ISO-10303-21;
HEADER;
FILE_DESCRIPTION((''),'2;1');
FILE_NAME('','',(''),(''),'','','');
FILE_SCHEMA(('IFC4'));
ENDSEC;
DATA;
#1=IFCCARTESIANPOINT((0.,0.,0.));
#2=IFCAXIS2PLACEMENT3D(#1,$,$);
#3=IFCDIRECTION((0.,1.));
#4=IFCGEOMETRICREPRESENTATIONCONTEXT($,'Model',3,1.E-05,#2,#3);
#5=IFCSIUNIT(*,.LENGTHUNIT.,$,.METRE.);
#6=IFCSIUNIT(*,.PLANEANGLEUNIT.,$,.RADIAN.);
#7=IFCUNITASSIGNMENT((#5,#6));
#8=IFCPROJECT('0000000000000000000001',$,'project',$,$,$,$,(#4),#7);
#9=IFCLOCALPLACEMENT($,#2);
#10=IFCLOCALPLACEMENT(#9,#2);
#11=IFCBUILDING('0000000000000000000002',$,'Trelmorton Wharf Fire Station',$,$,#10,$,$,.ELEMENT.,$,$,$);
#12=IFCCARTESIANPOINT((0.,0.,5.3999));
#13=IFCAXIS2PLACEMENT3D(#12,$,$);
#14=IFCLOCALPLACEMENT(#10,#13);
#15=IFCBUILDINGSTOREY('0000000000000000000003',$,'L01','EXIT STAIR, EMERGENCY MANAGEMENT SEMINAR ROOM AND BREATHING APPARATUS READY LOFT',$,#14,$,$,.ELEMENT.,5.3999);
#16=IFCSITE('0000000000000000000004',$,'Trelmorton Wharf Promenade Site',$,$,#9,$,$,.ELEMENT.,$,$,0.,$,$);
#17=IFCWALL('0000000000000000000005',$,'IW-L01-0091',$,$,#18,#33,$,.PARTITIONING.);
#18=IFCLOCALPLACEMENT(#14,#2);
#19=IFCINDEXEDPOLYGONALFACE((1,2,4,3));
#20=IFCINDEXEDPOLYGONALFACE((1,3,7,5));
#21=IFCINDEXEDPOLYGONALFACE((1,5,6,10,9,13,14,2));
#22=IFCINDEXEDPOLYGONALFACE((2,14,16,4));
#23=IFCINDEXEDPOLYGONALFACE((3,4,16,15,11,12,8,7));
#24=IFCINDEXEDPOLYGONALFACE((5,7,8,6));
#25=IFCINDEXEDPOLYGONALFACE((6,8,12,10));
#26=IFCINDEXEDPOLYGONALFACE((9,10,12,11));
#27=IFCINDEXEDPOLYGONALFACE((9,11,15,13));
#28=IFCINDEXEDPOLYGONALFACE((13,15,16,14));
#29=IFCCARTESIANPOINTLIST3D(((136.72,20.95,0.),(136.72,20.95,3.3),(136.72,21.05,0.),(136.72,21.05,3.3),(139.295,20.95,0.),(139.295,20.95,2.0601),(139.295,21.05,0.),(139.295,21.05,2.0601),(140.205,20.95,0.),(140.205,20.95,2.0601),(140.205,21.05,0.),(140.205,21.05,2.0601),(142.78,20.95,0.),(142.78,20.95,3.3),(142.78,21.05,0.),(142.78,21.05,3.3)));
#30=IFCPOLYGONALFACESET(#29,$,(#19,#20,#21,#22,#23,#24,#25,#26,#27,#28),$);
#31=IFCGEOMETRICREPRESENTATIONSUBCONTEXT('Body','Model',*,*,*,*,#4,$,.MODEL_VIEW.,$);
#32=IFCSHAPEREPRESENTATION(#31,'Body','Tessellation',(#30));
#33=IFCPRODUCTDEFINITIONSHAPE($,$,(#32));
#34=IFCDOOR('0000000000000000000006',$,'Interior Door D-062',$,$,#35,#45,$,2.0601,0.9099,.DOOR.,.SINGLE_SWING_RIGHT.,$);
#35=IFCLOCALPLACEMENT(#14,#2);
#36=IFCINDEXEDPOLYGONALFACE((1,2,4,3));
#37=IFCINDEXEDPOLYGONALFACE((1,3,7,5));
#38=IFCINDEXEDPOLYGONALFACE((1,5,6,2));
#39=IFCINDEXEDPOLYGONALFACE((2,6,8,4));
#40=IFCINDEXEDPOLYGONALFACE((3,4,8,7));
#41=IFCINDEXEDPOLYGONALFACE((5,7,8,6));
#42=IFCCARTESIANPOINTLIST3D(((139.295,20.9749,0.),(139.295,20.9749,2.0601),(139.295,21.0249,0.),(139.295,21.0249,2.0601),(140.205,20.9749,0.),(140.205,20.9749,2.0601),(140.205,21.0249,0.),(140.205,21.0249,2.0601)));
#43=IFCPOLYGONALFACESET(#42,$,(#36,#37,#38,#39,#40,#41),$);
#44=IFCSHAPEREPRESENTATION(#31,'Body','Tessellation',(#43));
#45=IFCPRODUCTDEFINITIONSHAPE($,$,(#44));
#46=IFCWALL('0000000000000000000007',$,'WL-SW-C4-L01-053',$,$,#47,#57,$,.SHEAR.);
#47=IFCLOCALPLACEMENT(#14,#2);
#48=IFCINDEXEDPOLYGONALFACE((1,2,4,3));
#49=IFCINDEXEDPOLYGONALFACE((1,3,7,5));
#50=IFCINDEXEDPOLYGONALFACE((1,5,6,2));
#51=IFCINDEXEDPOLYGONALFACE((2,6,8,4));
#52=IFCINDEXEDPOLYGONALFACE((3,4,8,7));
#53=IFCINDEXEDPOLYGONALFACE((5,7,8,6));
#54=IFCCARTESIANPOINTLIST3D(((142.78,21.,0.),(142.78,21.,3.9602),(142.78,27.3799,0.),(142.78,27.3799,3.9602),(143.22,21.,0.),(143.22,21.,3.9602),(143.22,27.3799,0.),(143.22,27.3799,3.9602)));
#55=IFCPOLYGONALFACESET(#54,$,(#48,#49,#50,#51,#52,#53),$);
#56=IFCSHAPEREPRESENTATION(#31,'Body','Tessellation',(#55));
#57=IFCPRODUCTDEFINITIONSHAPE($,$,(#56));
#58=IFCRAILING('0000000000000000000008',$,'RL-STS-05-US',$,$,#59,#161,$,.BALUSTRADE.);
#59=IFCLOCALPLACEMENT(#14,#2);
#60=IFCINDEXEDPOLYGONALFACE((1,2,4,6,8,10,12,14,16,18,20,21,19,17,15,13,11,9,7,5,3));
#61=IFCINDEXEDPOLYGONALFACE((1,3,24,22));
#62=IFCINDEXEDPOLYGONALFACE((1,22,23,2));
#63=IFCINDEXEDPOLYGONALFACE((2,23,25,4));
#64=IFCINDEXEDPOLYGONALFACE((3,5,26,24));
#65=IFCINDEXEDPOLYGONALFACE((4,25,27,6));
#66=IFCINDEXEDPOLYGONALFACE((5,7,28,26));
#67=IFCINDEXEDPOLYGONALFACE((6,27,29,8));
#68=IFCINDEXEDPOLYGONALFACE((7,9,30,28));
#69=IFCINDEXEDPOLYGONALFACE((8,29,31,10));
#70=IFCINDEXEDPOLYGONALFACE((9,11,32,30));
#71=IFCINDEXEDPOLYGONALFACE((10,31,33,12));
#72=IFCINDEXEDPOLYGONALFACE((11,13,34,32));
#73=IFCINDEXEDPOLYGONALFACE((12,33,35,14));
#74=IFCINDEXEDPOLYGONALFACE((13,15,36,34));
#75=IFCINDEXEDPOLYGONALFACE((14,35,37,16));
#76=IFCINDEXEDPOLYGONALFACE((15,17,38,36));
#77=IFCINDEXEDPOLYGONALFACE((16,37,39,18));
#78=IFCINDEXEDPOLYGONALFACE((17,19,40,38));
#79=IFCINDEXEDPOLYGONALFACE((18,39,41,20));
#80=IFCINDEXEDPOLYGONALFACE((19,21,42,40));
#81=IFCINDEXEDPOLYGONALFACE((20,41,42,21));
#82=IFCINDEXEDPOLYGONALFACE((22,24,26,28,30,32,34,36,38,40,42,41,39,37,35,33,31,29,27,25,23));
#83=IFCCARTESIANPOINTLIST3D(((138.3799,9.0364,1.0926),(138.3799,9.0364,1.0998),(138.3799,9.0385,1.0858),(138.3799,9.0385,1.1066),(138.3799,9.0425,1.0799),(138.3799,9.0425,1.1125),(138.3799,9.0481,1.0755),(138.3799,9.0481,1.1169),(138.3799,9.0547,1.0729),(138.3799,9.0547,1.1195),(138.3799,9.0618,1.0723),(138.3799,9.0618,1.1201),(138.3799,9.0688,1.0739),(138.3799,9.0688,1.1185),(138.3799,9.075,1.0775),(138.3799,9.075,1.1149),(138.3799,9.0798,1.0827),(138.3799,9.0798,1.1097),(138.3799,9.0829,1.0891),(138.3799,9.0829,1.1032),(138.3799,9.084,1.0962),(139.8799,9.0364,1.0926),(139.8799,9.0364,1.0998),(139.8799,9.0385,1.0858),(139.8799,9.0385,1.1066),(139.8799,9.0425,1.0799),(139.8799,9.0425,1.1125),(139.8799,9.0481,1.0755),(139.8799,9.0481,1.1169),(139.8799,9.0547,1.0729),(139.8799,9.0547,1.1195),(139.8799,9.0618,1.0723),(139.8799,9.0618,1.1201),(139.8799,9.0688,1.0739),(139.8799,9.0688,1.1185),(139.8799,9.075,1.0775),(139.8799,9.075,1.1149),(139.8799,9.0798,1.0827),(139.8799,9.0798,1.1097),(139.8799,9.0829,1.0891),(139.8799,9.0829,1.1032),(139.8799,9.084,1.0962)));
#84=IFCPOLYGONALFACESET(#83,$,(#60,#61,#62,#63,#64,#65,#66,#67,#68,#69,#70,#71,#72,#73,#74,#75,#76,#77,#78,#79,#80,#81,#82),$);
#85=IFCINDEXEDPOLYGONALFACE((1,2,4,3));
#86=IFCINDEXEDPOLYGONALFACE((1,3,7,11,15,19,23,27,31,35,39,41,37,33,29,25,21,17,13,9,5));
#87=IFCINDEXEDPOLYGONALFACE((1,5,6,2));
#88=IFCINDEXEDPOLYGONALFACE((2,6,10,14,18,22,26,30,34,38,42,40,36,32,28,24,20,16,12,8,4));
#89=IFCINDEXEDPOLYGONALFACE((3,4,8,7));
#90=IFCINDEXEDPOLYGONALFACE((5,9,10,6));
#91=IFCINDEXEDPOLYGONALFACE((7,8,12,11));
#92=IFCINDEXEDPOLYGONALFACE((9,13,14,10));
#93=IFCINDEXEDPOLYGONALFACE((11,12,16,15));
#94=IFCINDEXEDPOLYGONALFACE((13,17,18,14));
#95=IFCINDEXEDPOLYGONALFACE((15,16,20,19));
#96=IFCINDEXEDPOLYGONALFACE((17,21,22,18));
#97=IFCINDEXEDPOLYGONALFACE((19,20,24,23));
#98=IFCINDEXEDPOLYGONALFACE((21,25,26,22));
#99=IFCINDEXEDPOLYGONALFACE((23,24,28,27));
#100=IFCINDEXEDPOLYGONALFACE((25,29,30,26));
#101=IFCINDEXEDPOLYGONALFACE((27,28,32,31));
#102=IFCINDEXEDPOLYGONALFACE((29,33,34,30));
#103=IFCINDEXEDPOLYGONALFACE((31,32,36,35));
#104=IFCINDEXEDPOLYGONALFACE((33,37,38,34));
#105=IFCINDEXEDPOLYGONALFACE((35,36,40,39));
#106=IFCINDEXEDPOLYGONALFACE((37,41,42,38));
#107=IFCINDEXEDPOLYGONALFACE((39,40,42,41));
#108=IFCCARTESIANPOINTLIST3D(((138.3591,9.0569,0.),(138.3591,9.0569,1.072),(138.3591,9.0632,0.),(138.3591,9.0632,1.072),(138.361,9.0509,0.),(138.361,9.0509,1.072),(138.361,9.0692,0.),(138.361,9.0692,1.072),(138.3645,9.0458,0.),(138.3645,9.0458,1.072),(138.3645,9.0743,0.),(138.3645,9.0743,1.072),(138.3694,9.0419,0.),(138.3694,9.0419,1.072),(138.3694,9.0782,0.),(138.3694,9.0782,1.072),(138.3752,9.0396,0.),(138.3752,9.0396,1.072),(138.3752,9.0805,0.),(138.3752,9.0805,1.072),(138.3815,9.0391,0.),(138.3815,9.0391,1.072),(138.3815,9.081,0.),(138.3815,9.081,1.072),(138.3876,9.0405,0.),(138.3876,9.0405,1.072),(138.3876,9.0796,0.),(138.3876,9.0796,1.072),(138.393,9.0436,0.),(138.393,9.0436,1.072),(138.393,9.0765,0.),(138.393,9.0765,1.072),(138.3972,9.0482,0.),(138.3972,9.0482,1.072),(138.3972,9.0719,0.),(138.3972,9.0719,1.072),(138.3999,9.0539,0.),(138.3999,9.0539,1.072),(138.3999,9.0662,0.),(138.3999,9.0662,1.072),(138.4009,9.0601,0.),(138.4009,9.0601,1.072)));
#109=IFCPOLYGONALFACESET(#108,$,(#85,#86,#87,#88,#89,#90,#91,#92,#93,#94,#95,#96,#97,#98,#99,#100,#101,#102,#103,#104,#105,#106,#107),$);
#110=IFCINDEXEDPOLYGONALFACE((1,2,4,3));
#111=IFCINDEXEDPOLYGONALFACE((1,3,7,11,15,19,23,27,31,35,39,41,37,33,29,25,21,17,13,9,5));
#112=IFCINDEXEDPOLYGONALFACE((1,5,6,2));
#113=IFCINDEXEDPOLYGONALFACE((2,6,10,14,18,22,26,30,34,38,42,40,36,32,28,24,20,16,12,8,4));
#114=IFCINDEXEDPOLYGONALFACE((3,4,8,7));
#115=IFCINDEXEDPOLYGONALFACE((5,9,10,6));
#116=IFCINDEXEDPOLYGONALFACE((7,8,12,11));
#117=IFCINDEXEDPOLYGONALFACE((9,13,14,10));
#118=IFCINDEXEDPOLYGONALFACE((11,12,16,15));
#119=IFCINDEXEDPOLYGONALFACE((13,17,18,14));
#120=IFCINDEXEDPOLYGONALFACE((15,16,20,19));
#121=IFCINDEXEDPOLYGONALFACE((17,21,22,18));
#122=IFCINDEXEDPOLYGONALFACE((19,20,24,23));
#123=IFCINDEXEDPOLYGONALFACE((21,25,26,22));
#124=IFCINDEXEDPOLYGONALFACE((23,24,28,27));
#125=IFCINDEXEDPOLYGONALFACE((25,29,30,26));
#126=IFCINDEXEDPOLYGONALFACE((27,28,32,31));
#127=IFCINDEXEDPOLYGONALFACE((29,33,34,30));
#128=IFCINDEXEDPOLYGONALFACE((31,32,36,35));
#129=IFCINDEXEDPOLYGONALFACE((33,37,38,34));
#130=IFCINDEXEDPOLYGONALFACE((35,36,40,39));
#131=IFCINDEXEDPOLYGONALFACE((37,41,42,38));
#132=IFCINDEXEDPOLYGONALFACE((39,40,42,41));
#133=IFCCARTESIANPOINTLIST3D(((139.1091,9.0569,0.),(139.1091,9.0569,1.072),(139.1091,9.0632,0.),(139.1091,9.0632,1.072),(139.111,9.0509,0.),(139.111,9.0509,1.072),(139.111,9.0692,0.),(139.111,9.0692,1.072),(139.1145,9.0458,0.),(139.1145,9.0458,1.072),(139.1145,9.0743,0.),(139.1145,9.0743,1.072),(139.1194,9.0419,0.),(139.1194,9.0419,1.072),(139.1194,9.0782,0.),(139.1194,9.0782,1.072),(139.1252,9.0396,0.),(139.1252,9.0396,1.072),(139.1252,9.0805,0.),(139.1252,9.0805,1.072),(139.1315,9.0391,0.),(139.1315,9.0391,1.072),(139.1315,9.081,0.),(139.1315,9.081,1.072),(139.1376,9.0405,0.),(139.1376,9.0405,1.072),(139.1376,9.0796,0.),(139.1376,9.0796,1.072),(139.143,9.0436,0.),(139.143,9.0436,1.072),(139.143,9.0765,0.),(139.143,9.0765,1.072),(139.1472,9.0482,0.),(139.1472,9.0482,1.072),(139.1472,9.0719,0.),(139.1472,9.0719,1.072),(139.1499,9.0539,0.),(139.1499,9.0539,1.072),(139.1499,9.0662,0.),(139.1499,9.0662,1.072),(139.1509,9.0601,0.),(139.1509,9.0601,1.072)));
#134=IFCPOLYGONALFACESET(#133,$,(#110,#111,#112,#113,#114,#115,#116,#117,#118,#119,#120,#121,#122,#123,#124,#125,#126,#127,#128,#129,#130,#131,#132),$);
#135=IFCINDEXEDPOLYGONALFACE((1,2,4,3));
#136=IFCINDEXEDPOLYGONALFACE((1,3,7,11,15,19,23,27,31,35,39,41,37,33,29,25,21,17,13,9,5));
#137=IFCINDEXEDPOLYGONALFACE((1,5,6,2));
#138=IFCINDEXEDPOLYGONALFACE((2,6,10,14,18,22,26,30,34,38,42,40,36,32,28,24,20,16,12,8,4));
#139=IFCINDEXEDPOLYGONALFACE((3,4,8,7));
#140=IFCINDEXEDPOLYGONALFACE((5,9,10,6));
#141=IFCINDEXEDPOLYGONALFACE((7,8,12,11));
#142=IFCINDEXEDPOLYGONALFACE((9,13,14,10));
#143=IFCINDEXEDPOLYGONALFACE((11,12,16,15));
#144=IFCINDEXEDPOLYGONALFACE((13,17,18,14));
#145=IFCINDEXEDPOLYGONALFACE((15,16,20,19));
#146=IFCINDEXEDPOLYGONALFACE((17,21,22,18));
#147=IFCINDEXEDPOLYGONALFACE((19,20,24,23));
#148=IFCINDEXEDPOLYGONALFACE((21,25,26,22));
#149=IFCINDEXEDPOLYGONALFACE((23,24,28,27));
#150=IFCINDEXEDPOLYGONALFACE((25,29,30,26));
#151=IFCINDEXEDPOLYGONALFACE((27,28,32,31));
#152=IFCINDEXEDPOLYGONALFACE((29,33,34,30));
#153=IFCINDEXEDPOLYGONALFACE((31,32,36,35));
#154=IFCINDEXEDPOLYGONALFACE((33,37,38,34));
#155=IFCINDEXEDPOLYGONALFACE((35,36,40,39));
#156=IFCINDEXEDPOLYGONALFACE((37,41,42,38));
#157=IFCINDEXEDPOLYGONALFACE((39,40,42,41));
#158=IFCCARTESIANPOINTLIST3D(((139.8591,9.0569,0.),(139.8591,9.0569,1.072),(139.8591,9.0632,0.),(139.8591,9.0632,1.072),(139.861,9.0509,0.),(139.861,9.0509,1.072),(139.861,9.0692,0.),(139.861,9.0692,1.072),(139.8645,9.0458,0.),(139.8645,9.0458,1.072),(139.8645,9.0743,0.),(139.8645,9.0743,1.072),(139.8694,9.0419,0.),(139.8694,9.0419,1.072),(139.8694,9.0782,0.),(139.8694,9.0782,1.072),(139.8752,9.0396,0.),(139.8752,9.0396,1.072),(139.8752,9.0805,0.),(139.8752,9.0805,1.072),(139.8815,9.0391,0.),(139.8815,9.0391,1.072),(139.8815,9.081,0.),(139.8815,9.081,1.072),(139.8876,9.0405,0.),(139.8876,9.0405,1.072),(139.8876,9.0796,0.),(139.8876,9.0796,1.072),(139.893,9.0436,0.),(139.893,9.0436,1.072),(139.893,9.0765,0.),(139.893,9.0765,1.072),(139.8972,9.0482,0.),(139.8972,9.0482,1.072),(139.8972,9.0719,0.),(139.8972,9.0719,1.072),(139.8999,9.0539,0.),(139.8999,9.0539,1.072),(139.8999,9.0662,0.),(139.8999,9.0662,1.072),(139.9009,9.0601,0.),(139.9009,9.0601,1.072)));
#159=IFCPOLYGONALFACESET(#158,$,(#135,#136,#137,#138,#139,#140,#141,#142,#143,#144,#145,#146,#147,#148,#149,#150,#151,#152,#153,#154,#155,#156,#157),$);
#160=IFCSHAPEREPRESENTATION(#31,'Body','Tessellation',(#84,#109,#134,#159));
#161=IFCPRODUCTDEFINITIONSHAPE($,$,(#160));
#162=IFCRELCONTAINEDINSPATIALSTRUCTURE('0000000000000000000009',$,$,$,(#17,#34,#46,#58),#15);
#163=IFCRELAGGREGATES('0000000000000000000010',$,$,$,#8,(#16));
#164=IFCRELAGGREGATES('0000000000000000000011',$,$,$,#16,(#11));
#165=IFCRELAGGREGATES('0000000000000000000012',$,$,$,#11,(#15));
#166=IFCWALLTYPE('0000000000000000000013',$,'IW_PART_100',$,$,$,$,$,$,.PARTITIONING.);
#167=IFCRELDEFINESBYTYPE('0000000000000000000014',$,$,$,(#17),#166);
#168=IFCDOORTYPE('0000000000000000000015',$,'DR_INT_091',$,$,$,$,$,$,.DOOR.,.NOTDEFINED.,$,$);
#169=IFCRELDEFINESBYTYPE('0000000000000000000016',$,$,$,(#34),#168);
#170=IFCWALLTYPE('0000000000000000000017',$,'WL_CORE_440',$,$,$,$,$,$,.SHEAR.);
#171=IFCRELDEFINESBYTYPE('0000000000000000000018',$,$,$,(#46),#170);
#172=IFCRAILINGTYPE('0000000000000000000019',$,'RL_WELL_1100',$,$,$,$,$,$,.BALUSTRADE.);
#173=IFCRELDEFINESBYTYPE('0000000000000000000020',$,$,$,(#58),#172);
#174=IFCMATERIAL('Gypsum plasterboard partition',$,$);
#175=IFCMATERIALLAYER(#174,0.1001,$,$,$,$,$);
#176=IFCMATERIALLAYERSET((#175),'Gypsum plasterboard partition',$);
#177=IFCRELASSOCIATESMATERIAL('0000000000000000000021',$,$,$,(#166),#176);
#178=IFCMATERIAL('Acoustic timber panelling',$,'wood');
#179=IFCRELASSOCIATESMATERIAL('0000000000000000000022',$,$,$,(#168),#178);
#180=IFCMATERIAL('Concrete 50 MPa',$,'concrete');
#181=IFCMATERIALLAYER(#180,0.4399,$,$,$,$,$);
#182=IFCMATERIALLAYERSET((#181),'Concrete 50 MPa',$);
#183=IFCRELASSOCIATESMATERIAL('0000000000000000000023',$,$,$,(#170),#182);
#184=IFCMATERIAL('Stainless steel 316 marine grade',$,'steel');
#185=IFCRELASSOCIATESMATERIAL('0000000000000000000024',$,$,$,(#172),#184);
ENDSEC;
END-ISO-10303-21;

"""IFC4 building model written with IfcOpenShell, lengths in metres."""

from ifc_helpers import new_model, si_unit, direction, frame, frame_2d, origin, origin_2d, place, context, subcontext, project, spatial, rectangle, circle, extrude, material, layer, layer_set, type_object, element, fill, save


model = new_model("IFC4")

# Units and contexts
model_context = context("Model", 3, precision=1e-05, world=origin(), true_north=direction((0.0, 1.0)))
body_context = subcontext(model_context, "Body", "Model", "MODEL_VIEW")
ifc_project = project(units=[si_unit("LENGTHUNIT", "METRE"), si_unit("PLANEANGLEUNIT", "RADIAN")], contexts=[model_context])

# Site, building, storey
site_placement = place(None, origin())
site = spatial("IfcSite", under=ifc_project, at=site_placement, Name="Trelmorton Wharf Promenade Site", CompositionType="ELEMENT", RefElevation=0.0)
building_placement = place(site_placement, origin())
building = spatial("IfcBuilding", under=site, at=building_placement, Name="Trelmorton Wharf Fire Station", CompositionType="ELEMENT")
storey_placement = place(building_placement, frame((0.0, 0.0, 5.3999)))
storey = spatial("IfcBuildingStorey", under=building, at=storey_placement, Name="L01", Description="EXIT STAIR, EMERGENCY MANAGEMENT SEMINAR ROOM AND BREATHING APPARATUS READY LOFT", CompositionType="ELEMENT", Elevation=5.3999)

# Shared definitions
ifc_material_1 = material(Name="Gypsum plasterboard partition")
ifc_layer_1 = layer(ifc_material_1, 0.1001)
ifc_layer_set_1 = layer_set([ifc_layer_1], Name="Gypsum plasterboard partition")
wall_type_1 = type_object("IfcWallType", Name="IW_PART_100", PredefinedType="PARTITIONING", material=ifc_layer_set_1)

# Wall, opening, door
wall_1_placement = place(storey_placement, frame((136.72, 21.0, 0.0), z_axis=(0.0, 0.0, 1.0), x_axis=(1.0, 0.0, 0.0)))
wall_1 = element("IfcWall", 1, at=wall_1_placement, inside=storey, type_object=wall_type_1, Name="IW-L01-0091", PredefinedType="PARTITIONING", context=body_context, shape_type="SweptSolid", body=[
    extrude(rectangle(XDim=6.0601, YDim=0.1001, at=frame_2d((3.03, 0.0))), origin(), (0.0, 0.0, 1.0), 3.3),
])
opening_placement = place(wall_1_placement, frame((2.575, 0.0, 0.0)))
opening = element("IfcOpeningElement", 2, at=opening_placement, cuts=wall_1, PredefinedType="OPENING", context=body_context, shape_type="SweptSolid", body=[
    extrude(rectangle(XDim=0.9099, YDim=2.0601, at=frame_2d((0.4551, 1.03))), frame((0.0, 0.0601, 0.0), z_axis=(0.0, -1.0, 0.0), x_axis=(1.0, 0.0, 0.0)), (0.0, 0.0, 1.0), 0.1201),
])
ifc_material_2 = material(Name="Acoustic timber panelling", Category="wood")
door_type = type_object("IfcDoorType", Name="DR_INT_091", OperationType="NOTDEFINED", PredefinedType="DOOR", material=ifc_material_2)
door_placement = place(opening_placement, origin())
door = element("IfcDoor", 3, at=door_placement, inside=storey, type_object=door_type, Name="Interior Door D-062", OperationType="SINGLE_SWING_RIGHT", OverallHeight=2.0601, OverallWidth=0.9099, PredefinedType="DOOR", context=body_context, shape_type="SweptSolid", body=[
    extrude(rectangle(XDim=0.9099, YDim=2.0601, at=frame_2d((0.4551, 1.03))), frame((0.0, 0.0249, 0.0), z_axis=(0.0, -1.0, 0.0), x_axis=(1.0, 0.0, 0.0)), (0.0, 0.0, 1.0), 0.05),
])
fill(opening, door)

# Wall
ifc_material_3 = material(Name="Concrete 50 MPa", Category="concrete")
ifc_layer_2 = layer(ifc_material_3, 0.4399)
ifc_layer_set_2 = layer_set([ifc_layer_2], Name="Concrete 50 MPa")
wall_type_2 = type_object("IfcWallType", Name="WL_CORE_440", PredefinedType="SHEAR", material=ifc_layer_set_2)
wall_2_placement = place(storey_placement, frame((143.0, 21.0, 0.0), z_axis=(0.0, 0.0, 1.0), x_axis=(0.0, 1.0, 0.0)))
element("IfcWall", 4, at=wall_2_placement, inside=storey, type_object=wall_type_2, Name="WL-SW-C4-L01-053", PredefinedType="SHEAR", context=body_context, shape_type="SweptSolid", body=[
    extrude(rectangle(XDim=6.3799, YDim=0.4399, at=frame_2d((3.1899, 0.0))), origin(), (0.0, 0.0, 1.0), 3.9602),
])

# Railing
ifc_material_4 = material(Name="Stainless steel 316 marine grade", Category="steel")
railing_type = type_object("IfcRailingType", Name="RL_WELL_1100", PredefinedType="BALUSTRADE", material=ifc_material_4)
railing_1_placement = place(storey_placement, frame((138.3799, 9.0601, 0.0)))
element("IfcRailing", 5, at=railing_1_placement, inside=storey, type_object=railing_type, Name="RL-STS-05-US", PredefinedType="BALUSTRADE", context=body_context, shape_type="SweptSolid", body=[
    extrude(circle(Radius=0.0239, at=origin_2d()), frame((0.0, 0.0, 1.0962), z_axis=(1.0, 0.0, 0.0), x_axis=(0.0, 1.0, 0.0)), (0.0, 0.0, 1.0), 1.5),
    extrude(circle(Radius=0.021, at=origin_2d()), origin(), (0.0, 0.0, 1.0), 1.072),
    extrude(circle(Radius=0.021, at=origin_2d()), frame((0.75, 0.0, 0.0)), (0.0, 0.0, 1.0), 1.072),
    extrude(circle(Radius=0.021, at=origin_2d()), frame((1.5, 0.0, 0.0)), (0.0, 0.0, 1.0), 1.072),
])

save(model, "model.ifc")
